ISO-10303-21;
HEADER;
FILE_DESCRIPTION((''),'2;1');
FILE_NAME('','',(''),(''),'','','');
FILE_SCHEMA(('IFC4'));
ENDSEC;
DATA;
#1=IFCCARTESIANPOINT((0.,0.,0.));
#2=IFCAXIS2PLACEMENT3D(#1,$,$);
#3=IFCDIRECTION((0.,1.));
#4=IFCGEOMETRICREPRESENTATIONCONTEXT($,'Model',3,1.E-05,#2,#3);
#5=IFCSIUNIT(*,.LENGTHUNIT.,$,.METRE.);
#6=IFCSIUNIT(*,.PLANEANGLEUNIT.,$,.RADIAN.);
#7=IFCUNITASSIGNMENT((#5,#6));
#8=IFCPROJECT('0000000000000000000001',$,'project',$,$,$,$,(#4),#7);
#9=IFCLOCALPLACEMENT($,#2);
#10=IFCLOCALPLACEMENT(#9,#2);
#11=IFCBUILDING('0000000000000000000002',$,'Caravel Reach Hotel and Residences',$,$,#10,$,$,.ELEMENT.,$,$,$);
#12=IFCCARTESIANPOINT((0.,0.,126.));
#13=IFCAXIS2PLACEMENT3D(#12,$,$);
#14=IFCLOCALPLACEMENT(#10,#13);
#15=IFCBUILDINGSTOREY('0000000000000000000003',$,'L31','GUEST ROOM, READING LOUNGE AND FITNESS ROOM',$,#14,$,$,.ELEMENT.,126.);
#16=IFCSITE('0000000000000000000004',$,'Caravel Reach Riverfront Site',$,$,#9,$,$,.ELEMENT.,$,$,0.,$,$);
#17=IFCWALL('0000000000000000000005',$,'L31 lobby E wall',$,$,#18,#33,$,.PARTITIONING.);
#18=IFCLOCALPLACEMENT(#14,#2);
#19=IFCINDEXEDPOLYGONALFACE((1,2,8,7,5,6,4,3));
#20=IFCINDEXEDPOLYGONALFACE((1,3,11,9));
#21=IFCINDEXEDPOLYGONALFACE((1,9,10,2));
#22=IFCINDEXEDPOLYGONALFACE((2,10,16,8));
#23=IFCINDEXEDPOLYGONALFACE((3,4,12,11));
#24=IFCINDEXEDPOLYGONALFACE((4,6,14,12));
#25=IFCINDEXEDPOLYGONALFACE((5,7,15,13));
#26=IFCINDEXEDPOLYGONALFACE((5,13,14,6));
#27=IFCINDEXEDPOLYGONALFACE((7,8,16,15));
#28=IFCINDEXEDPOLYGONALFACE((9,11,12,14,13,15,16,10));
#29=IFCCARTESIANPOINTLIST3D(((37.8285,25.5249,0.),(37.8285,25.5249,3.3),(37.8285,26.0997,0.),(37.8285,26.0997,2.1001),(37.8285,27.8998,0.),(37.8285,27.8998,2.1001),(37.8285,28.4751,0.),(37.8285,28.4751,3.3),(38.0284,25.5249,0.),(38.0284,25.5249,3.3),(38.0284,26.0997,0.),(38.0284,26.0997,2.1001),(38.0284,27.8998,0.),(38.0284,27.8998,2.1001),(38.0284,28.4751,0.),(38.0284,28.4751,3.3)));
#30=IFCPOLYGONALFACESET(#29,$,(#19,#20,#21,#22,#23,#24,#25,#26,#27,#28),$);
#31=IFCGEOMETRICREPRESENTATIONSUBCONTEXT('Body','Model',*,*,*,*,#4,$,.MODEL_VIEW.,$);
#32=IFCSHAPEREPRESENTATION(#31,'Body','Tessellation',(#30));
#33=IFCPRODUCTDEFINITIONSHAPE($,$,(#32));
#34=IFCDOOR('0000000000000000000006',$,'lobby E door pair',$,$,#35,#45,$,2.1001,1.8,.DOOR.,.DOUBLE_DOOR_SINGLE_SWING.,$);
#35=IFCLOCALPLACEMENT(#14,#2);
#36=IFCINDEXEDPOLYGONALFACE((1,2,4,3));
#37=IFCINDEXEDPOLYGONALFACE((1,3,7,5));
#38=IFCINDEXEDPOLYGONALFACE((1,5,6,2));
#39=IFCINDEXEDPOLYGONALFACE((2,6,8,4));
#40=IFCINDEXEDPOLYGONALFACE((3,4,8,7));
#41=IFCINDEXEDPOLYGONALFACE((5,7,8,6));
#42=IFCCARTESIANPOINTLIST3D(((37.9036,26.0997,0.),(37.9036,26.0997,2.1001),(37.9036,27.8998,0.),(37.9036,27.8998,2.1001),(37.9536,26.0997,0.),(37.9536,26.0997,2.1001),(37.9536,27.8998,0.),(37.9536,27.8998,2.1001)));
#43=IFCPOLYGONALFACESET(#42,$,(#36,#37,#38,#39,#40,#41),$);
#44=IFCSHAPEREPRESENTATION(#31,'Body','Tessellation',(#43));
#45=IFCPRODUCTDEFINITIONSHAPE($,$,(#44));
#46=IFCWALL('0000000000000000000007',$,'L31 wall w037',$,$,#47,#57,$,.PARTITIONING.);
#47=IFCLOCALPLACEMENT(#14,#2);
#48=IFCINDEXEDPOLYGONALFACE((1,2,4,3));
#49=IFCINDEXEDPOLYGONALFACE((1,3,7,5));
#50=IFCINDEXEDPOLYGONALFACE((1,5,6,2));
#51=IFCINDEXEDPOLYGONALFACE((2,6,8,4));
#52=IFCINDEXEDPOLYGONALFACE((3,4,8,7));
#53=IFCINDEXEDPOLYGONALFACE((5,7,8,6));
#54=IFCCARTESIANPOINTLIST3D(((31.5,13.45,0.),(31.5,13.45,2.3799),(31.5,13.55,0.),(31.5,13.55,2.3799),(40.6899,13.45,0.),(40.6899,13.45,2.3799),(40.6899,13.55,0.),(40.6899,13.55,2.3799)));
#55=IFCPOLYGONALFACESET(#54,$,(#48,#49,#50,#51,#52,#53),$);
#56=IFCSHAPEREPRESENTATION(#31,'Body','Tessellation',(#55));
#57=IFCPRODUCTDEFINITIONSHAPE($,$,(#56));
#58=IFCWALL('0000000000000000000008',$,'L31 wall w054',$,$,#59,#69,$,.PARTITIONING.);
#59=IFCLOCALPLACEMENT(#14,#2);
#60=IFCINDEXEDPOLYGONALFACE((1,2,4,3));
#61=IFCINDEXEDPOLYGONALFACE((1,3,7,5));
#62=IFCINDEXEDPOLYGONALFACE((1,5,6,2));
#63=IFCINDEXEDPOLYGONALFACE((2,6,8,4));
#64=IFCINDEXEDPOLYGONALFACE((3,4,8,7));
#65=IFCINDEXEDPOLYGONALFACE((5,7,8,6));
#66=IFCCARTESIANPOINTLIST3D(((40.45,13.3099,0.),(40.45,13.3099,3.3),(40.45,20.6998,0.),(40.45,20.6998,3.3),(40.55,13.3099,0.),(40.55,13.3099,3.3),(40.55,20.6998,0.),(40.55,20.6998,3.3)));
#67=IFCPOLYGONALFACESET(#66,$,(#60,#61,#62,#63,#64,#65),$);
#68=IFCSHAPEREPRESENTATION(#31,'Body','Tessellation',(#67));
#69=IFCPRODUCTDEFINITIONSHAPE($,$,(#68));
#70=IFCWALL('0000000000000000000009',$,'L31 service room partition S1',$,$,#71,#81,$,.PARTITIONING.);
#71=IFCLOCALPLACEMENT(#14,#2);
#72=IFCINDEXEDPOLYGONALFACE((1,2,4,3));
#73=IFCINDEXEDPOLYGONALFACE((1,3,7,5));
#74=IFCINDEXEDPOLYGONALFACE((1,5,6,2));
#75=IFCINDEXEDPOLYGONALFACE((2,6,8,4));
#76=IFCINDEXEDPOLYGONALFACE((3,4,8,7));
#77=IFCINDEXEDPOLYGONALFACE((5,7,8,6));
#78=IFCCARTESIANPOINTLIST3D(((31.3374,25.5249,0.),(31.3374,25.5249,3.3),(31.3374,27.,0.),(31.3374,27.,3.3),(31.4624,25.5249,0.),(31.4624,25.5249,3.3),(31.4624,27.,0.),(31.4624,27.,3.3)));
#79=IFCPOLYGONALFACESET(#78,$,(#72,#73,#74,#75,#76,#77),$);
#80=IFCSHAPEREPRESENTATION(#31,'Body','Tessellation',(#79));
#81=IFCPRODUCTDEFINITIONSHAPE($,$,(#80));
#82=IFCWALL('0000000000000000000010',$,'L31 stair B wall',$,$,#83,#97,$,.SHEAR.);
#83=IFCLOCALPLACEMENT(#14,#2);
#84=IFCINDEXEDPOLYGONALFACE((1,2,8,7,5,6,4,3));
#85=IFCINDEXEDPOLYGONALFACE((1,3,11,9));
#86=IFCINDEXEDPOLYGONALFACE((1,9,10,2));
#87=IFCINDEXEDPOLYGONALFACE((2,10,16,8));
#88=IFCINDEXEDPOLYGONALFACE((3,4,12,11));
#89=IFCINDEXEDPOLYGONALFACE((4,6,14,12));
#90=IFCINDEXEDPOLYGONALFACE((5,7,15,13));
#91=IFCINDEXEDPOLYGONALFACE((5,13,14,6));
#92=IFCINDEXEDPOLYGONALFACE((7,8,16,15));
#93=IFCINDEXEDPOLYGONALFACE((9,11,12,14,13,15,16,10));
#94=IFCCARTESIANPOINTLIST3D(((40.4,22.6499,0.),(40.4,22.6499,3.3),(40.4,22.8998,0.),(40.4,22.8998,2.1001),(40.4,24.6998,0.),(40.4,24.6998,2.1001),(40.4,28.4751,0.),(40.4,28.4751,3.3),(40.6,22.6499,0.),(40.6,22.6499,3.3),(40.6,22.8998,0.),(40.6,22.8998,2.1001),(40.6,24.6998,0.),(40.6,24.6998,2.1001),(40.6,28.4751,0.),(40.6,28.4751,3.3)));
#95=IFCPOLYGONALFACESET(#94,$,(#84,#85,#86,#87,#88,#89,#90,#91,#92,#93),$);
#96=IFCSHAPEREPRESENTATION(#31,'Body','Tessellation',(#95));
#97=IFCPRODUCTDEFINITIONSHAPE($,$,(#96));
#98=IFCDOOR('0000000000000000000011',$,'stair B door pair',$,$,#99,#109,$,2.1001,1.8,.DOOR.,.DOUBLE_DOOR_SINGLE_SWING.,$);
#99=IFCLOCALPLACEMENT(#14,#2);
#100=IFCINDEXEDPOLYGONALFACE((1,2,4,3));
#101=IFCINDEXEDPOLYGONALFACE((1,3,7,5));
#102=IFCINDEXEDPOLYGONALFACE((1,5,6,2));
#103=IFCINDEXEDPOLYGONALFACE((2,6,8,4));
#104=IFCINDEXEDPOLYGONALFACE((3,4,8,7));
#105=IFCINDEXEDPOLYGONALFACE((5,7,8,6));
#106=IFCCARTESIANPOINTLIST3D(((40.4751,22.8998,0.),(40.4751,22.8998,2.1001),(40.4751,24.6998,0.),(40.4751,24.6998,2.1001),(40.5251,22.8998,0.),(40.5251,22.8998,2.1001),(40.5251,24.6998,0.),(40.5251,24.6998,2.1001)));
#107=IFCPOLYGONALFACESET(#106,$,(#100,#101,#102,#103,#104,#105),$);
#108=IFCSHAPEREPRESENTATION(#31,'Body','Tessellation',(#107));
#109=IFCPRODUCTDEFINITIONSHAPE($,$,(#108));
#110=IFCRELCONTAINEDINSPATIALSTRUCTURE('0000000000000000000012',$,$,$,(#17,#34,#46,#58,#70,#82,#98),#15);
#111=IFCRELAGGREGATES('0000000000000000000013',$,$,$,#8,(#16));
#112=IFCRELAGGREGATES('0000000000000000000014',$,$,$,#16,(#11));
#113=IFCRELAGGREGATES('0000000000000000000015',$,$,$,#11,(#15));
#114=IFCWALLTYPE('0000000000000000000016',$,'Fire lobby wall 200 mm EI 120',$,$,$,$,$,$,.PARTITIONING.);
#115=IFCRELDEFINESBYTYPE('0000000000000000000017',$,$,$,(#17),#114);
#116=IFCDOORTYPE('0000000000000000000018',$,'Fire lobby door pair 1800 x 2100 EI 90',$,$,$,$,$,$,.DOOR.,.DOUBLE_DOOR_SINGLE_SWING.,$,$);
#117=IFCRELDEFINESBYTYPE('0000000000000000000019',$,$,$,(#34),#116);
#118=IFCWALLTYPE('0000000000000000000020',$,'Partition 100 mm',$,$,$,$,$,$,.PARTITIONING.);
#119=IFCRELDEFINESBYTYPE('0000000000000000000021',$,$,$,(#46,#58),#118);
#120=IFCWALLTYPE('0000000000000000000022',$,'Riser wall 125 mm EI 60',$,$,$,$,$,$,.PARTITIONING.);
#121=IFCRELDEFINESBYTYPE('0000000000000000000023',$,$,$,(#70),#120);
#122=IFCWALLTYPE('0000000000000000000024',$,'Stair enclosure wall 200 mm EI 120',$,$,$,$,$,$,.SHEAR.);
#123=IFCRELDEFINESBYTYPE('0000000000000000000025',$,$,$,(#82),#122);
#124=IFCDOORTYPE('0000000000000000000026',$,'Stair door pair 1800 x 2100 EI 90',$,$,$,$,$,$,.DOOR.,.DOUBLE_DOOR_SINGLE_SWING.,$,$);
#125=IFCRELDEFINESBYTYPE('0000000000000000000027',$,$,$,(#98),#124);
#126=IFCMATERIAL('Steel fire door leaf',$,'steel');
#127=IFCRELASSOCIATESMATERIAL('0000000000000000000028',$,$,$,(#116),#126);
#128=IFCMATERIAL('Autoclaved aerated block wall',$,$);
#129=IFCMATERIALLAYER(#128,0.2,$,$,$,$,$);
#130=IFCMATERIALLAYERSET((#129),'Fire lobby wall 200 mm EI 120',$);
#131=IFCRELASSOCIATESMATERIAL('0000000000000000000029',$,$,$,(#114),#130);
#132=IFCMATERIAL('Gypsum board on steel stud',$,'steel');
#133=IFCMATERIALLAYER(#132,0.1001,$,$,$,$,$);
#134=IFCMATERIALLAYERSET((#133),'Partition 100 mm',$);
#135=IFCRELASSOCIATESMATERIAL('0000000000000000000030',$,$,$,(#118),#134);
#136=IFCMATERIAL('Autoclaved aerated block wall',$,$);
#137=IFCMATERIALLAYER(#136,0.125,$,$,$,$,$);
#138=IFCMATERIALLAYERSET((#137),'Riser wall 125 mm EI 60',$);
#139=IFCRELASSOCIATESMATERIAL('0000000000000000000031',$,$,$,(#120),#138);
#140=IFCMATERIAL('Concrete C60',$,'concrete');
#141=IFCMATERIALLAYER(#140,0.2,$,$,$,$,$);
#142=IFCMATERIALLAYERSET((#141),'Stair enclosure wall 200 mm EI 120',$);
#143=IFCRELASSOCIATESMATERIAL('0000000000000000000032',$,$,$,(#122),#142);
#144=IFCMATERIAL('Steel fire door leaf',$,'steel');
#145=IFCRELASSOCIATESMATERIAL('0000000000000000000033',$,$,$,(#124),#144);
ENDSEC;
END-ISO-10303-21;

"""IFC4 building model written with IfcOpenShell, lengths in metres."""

from ifc_helpers import new_model, si_unit, direction, frame, frame_2d, origin, place, context, subcontext, project, spatial, rectangle, extrude, material, layer, layer_set, type_object, element, fill, save


model = new_model("IFC4")

# Units and contexts
model_context = context("Model", 3, precision=1e-05, world=origin(), true_north=direction((0.0, 1.0)))
body_context = subcontext(model_context, "Body", "Model", "MODEL_VIEW")
ifc_project = project(units=[si_unit("LENGTHUNIT", "METRE"), si_unit("PLANEANGLEUNIT", "RADIAN")], contexts=[model_context])

# Site, building, storey
site_placement = place(None, origin())
site = spatial("IfcSite", under=ifc_project, at=site_placement, Name="Caravel Reach Riverfront Site", CompositionType="ELEMENT", RefElevation=0.0)
building_placement = place(site_placement, origin())
building = spatial("IfcBuilding", under=site, at=building_placement, Name="Caravel Reach Hotel and Residences", CompositionType="ELEMENT")
storey_placement = place(building_placement, frame((0.0, 0.0, 126.0)))
storey = spatial("IfcBuildingStorey", under=building, at=storey_placement, Name="L31", Description="GUEST ROOM, READING LOUNGE AND FITNESS ROOM", CompositionType="ELEMENT", Elevation=126.0)

# Shared definitions
ifc_material_1 = material(Name="Steel fire door leaf", Category="steel")
door_type_1 = type_object("IfcDoorType", Name="Fire lobby door pair 1800 x 2100 EI 90", OperationType="DOUBLE_DOOR_SINGLE_SWING", PredefinedType="DOOR", material=ifc_material_1)

# Wall, opening, door
ifc_material_2 = material(Name="Autoclaved aerated block wall")
ifc_layer_1 = layer(ifc_material_2, 0.2)
ifc_layer_set_1 = layer_set([ifc_layer_1], Name="Fire lobby wall 200 mm EI 120")
wall_type_1 = type_object("IfcWallType", Name="Fire lobby wall 200 mm EI 120", PredefinedType="PARTITIONING", material=ifc_layer_set_1)
wall_1_placement = place(storey_placement, frame((37.9285, 25.5249, 0.0), z_axis=(0.0, 0.0, 1.0), x_axis=(0.0, 1.0, 0.0)))
wall_1 = element("IfcWall", 1, at=wall_1_placement, inside=storey, type_object=wall_type_1, Name="L31 lobby E wall", PredefinedType="PARTITIONING", context=body_context, shape_type="SweptSolid", body=[
    extrude(rectangle(XDim=2.9502, YDim=0.2, at=frame_2d((1.4751, 0.0))), origin(), (0.0, 0.0, 1.0), 3.3),
])
opening_1_placement = place(wall_1_placement, frame((0.575, 0.0, 0.0)))
opening_1 = element("IfcOpeningElement", 2, at=opening_1_placement, cuts=wall_1, PredefinedType="OPENING", context=body_context, shape_type="SweptSolid", body=[
    extrude(rectangle(XDim=1.8, YDim=2.1001, at=frame_2d((0.8999, 1.05))), frame((0.0, 0.1099, 0.0), z_axis=(0.0, -1.0, 0.0), x_axis=(1.0, 0.0, 0.0)), (0.0, 0.0, 1.0), 0.22),
])
door_1_placement = place(opening_1_placement, origin())
door_1 = element("IfcDoor", 3, at=door_1_placement, inside=storey, type_object=door_type_1, Name="lobby E door pair", OperationType="DOUBLE_DOOR_SINGLE_SWING", OverallHeight=2.1001, OverallWidth=1.8, PredefinedType="DOOR", context=body_context, shape_type="SweptSolid", body=[
    extrude(rectangle(XDim=1.8, YDim=2.1001, at=frame_2d((0.8999, 1.05))), frame((0.0, 0.0249, 0.0), z_axis=(0.0, -1.0, 0.0), x_axis=(1.0, 0.0, 0.0)), (0.0, 0.0, 1.0), 0.05),
])
fill(opening_1, door_1)

# Walls
ifc_material_3 = material(Name="Gypsum board on steel stud", Category="steel")
ifc_layer_2 = layer(ifc_material_3, 0.1001)
ifc_layer_set_2 = layer_set([ifc_layer_2], Name="Partition 100 mm")
wall_type_2 = type_object("IfcWallType", Name="Partition 100 mm", PredefinedType="PARTITIONING", material=ifc_layer_set_2)
wall_2_placement = place(storey_placement, frame((31.5, 13.5, 0.0), z_axis=(0.0, 0.0, 1.0), x_axis=(1.0, 0.0, 0.0)))
element("IfcWall", 4, at=wall_2_placement, inside=storey, type_object=wall_type_2, Name="L31 wall w037", PredefinedType="PARTITIONING", context=body_context, shape_type="SweptSolid", body=[
    extrude(rectangle(XDim=9.1899, YDim=0.1001, at=frame_2d((4.595, 0.0))), origin(), (0.0, 0.0, 1.0), 2.3799),
])
wall_3_placement = place(storey_placement, frame((40.5, 13.3101, 0.0), z_axis=(0.0, 0.0, 1.0), x_axis=(0.0, 1.0, 0.0)))
element("IfcWall", 5, at=wall_3_placement, inside=storey, type_object=wall_type_2, Name="L31 wall w054", PredefinedType="PARTITIONING", context=body_context, shape_type="SweptSolid", body=[
    extrude(rectangle(XDim=7.3899, YDim=0.1001, at=frame_2d((3.6948, 0.0))), origin(), (0.0, 0.0, 1.0), 3.3),
])
ifc_material_4 = material(Name="Autoclaved aerated block wall")
ifc_layer_3 = layer(ifc_material_4, 0.125)
ifc_layer_set_3 = layer_set([ifc_layer_3], Name="Riser wall 125 mm EI 60")
wall_type_3 = type_object("IfcWallType", Name="Riser wall 125 mm EI 60", PredefinedType="PARTITIONING", material=ifc_layer_set_3)
wall_4_placement = place(storey_placement, frame((31.3999, 25.5249, 0.0), z_axis=(0.0, 0.0, 1.0), x_axis=(0.0, 1.0, 0.0)))
element("IfcWall", 6, at=wall_4_placement, inside=storey, type_object=wall_type_3, Name="L31 service room partition S1", PredefinedType="PARTITIONING", context=body_context, shape_type="SweptSolid", body=[
    extrude(rectangle(XDim=1.4751, YDim=0.125, at=frame_2d((0.7375, 0.0))), origin(), (0.0, 0.0, 1.0), 3.3),
])

# Wall, opening, door
ifc_material_5 = material(Name="Concrete C60", Category="concrete")
ifc_layer_4 = layer(ifc_material_5, 0.2)
ifc_layer_set_4 = layer_set([ifc_layer_4], Name="Stair enclosure wall 200 mm EI 120")
wall_type_4 = type_object("IfcWallType", Name="Stair enclosure wall 200 mm EI 120", PredefinedType="SHEAR", material=ifc_layer_set_4)
wall_5_placement = place(storey_placement, frame((40.5, 22.6499, 0.0), z_axis=(0.0, 0.0, 1.0), x_axis=(0.0, 1.0, 0.0)))
wall_5 = element("IfcWall", 7, at=wall_5_placement, inside=storey, type_object=wall_type_4, Name="L31 stair B wall", PredefinedType="SHEAR", context=body_context, shape_type="SweptSolid", body=[
    extrude(rectangle(XDim=5.8252, YDim=0.2, at=frame_2d((2.9126, 0.0))), origin(), (0.0, 0.0, 1.0), 3.3),
])
opening_2_placement = place(wall_5_placement, frame((0.25, 0.0, 0.0)))
opening_2 = element("IfcOpeningElement", 8, at=opening_2_placement, cuts=wall_5, PredefinedType="OPENING", context=body_context, shape_type="SweptSolid", body=[
    extrude(rectangle(XDim=1.8, YDim=2.1001, at=frame_2d((0.8999, 1.05))), frame((0.0, 0.1099, 0.0), z_axis=(0.0, -1.0, 0.0), x_axis=(1.0, 0.0, 0.0)), (0.0, 0.0, 1.0), 0.22),
])
ifc_material_6 = material(Name="Steel fire door leaf", Category="steel")
door_type_2 = type_object("IfcDoorType", Name="Stair door pair 1800 x 2100 EI 90", OperationType="DOUBLE_DOOR_SINGLE_SWING", PredefinedType="DOOR", material=ifc_material_6)
door_2_placement = place(opening_2_placement, origin())
door_2 = element("IfcDoor", 9, at=door_2_placement, inside=storey, type_object=door_type_2, Name="stair B door pair", OperationType="DOUBLE_DOOR_SINGLE_SWING", OverallHeight=2.1001, OverallWidth=1.8, PredefinedType="DOOR", context=body_context, shape_type="SweptSolid", body=[
    extrude(rectangle(XDim=1.8, YDim=2.1001, at=frame_2d((0.8999, 1.05))), frame((0.0, 0.0249, 0.0), z_axis=(0.0, -1.0, 0.0), x_axis=(1.0, 0.0, 0.0)), (0.0, 0.0, 1.0), 0.05),
])
fill(opening_2, door_2)

save(model, "model.ifc")
